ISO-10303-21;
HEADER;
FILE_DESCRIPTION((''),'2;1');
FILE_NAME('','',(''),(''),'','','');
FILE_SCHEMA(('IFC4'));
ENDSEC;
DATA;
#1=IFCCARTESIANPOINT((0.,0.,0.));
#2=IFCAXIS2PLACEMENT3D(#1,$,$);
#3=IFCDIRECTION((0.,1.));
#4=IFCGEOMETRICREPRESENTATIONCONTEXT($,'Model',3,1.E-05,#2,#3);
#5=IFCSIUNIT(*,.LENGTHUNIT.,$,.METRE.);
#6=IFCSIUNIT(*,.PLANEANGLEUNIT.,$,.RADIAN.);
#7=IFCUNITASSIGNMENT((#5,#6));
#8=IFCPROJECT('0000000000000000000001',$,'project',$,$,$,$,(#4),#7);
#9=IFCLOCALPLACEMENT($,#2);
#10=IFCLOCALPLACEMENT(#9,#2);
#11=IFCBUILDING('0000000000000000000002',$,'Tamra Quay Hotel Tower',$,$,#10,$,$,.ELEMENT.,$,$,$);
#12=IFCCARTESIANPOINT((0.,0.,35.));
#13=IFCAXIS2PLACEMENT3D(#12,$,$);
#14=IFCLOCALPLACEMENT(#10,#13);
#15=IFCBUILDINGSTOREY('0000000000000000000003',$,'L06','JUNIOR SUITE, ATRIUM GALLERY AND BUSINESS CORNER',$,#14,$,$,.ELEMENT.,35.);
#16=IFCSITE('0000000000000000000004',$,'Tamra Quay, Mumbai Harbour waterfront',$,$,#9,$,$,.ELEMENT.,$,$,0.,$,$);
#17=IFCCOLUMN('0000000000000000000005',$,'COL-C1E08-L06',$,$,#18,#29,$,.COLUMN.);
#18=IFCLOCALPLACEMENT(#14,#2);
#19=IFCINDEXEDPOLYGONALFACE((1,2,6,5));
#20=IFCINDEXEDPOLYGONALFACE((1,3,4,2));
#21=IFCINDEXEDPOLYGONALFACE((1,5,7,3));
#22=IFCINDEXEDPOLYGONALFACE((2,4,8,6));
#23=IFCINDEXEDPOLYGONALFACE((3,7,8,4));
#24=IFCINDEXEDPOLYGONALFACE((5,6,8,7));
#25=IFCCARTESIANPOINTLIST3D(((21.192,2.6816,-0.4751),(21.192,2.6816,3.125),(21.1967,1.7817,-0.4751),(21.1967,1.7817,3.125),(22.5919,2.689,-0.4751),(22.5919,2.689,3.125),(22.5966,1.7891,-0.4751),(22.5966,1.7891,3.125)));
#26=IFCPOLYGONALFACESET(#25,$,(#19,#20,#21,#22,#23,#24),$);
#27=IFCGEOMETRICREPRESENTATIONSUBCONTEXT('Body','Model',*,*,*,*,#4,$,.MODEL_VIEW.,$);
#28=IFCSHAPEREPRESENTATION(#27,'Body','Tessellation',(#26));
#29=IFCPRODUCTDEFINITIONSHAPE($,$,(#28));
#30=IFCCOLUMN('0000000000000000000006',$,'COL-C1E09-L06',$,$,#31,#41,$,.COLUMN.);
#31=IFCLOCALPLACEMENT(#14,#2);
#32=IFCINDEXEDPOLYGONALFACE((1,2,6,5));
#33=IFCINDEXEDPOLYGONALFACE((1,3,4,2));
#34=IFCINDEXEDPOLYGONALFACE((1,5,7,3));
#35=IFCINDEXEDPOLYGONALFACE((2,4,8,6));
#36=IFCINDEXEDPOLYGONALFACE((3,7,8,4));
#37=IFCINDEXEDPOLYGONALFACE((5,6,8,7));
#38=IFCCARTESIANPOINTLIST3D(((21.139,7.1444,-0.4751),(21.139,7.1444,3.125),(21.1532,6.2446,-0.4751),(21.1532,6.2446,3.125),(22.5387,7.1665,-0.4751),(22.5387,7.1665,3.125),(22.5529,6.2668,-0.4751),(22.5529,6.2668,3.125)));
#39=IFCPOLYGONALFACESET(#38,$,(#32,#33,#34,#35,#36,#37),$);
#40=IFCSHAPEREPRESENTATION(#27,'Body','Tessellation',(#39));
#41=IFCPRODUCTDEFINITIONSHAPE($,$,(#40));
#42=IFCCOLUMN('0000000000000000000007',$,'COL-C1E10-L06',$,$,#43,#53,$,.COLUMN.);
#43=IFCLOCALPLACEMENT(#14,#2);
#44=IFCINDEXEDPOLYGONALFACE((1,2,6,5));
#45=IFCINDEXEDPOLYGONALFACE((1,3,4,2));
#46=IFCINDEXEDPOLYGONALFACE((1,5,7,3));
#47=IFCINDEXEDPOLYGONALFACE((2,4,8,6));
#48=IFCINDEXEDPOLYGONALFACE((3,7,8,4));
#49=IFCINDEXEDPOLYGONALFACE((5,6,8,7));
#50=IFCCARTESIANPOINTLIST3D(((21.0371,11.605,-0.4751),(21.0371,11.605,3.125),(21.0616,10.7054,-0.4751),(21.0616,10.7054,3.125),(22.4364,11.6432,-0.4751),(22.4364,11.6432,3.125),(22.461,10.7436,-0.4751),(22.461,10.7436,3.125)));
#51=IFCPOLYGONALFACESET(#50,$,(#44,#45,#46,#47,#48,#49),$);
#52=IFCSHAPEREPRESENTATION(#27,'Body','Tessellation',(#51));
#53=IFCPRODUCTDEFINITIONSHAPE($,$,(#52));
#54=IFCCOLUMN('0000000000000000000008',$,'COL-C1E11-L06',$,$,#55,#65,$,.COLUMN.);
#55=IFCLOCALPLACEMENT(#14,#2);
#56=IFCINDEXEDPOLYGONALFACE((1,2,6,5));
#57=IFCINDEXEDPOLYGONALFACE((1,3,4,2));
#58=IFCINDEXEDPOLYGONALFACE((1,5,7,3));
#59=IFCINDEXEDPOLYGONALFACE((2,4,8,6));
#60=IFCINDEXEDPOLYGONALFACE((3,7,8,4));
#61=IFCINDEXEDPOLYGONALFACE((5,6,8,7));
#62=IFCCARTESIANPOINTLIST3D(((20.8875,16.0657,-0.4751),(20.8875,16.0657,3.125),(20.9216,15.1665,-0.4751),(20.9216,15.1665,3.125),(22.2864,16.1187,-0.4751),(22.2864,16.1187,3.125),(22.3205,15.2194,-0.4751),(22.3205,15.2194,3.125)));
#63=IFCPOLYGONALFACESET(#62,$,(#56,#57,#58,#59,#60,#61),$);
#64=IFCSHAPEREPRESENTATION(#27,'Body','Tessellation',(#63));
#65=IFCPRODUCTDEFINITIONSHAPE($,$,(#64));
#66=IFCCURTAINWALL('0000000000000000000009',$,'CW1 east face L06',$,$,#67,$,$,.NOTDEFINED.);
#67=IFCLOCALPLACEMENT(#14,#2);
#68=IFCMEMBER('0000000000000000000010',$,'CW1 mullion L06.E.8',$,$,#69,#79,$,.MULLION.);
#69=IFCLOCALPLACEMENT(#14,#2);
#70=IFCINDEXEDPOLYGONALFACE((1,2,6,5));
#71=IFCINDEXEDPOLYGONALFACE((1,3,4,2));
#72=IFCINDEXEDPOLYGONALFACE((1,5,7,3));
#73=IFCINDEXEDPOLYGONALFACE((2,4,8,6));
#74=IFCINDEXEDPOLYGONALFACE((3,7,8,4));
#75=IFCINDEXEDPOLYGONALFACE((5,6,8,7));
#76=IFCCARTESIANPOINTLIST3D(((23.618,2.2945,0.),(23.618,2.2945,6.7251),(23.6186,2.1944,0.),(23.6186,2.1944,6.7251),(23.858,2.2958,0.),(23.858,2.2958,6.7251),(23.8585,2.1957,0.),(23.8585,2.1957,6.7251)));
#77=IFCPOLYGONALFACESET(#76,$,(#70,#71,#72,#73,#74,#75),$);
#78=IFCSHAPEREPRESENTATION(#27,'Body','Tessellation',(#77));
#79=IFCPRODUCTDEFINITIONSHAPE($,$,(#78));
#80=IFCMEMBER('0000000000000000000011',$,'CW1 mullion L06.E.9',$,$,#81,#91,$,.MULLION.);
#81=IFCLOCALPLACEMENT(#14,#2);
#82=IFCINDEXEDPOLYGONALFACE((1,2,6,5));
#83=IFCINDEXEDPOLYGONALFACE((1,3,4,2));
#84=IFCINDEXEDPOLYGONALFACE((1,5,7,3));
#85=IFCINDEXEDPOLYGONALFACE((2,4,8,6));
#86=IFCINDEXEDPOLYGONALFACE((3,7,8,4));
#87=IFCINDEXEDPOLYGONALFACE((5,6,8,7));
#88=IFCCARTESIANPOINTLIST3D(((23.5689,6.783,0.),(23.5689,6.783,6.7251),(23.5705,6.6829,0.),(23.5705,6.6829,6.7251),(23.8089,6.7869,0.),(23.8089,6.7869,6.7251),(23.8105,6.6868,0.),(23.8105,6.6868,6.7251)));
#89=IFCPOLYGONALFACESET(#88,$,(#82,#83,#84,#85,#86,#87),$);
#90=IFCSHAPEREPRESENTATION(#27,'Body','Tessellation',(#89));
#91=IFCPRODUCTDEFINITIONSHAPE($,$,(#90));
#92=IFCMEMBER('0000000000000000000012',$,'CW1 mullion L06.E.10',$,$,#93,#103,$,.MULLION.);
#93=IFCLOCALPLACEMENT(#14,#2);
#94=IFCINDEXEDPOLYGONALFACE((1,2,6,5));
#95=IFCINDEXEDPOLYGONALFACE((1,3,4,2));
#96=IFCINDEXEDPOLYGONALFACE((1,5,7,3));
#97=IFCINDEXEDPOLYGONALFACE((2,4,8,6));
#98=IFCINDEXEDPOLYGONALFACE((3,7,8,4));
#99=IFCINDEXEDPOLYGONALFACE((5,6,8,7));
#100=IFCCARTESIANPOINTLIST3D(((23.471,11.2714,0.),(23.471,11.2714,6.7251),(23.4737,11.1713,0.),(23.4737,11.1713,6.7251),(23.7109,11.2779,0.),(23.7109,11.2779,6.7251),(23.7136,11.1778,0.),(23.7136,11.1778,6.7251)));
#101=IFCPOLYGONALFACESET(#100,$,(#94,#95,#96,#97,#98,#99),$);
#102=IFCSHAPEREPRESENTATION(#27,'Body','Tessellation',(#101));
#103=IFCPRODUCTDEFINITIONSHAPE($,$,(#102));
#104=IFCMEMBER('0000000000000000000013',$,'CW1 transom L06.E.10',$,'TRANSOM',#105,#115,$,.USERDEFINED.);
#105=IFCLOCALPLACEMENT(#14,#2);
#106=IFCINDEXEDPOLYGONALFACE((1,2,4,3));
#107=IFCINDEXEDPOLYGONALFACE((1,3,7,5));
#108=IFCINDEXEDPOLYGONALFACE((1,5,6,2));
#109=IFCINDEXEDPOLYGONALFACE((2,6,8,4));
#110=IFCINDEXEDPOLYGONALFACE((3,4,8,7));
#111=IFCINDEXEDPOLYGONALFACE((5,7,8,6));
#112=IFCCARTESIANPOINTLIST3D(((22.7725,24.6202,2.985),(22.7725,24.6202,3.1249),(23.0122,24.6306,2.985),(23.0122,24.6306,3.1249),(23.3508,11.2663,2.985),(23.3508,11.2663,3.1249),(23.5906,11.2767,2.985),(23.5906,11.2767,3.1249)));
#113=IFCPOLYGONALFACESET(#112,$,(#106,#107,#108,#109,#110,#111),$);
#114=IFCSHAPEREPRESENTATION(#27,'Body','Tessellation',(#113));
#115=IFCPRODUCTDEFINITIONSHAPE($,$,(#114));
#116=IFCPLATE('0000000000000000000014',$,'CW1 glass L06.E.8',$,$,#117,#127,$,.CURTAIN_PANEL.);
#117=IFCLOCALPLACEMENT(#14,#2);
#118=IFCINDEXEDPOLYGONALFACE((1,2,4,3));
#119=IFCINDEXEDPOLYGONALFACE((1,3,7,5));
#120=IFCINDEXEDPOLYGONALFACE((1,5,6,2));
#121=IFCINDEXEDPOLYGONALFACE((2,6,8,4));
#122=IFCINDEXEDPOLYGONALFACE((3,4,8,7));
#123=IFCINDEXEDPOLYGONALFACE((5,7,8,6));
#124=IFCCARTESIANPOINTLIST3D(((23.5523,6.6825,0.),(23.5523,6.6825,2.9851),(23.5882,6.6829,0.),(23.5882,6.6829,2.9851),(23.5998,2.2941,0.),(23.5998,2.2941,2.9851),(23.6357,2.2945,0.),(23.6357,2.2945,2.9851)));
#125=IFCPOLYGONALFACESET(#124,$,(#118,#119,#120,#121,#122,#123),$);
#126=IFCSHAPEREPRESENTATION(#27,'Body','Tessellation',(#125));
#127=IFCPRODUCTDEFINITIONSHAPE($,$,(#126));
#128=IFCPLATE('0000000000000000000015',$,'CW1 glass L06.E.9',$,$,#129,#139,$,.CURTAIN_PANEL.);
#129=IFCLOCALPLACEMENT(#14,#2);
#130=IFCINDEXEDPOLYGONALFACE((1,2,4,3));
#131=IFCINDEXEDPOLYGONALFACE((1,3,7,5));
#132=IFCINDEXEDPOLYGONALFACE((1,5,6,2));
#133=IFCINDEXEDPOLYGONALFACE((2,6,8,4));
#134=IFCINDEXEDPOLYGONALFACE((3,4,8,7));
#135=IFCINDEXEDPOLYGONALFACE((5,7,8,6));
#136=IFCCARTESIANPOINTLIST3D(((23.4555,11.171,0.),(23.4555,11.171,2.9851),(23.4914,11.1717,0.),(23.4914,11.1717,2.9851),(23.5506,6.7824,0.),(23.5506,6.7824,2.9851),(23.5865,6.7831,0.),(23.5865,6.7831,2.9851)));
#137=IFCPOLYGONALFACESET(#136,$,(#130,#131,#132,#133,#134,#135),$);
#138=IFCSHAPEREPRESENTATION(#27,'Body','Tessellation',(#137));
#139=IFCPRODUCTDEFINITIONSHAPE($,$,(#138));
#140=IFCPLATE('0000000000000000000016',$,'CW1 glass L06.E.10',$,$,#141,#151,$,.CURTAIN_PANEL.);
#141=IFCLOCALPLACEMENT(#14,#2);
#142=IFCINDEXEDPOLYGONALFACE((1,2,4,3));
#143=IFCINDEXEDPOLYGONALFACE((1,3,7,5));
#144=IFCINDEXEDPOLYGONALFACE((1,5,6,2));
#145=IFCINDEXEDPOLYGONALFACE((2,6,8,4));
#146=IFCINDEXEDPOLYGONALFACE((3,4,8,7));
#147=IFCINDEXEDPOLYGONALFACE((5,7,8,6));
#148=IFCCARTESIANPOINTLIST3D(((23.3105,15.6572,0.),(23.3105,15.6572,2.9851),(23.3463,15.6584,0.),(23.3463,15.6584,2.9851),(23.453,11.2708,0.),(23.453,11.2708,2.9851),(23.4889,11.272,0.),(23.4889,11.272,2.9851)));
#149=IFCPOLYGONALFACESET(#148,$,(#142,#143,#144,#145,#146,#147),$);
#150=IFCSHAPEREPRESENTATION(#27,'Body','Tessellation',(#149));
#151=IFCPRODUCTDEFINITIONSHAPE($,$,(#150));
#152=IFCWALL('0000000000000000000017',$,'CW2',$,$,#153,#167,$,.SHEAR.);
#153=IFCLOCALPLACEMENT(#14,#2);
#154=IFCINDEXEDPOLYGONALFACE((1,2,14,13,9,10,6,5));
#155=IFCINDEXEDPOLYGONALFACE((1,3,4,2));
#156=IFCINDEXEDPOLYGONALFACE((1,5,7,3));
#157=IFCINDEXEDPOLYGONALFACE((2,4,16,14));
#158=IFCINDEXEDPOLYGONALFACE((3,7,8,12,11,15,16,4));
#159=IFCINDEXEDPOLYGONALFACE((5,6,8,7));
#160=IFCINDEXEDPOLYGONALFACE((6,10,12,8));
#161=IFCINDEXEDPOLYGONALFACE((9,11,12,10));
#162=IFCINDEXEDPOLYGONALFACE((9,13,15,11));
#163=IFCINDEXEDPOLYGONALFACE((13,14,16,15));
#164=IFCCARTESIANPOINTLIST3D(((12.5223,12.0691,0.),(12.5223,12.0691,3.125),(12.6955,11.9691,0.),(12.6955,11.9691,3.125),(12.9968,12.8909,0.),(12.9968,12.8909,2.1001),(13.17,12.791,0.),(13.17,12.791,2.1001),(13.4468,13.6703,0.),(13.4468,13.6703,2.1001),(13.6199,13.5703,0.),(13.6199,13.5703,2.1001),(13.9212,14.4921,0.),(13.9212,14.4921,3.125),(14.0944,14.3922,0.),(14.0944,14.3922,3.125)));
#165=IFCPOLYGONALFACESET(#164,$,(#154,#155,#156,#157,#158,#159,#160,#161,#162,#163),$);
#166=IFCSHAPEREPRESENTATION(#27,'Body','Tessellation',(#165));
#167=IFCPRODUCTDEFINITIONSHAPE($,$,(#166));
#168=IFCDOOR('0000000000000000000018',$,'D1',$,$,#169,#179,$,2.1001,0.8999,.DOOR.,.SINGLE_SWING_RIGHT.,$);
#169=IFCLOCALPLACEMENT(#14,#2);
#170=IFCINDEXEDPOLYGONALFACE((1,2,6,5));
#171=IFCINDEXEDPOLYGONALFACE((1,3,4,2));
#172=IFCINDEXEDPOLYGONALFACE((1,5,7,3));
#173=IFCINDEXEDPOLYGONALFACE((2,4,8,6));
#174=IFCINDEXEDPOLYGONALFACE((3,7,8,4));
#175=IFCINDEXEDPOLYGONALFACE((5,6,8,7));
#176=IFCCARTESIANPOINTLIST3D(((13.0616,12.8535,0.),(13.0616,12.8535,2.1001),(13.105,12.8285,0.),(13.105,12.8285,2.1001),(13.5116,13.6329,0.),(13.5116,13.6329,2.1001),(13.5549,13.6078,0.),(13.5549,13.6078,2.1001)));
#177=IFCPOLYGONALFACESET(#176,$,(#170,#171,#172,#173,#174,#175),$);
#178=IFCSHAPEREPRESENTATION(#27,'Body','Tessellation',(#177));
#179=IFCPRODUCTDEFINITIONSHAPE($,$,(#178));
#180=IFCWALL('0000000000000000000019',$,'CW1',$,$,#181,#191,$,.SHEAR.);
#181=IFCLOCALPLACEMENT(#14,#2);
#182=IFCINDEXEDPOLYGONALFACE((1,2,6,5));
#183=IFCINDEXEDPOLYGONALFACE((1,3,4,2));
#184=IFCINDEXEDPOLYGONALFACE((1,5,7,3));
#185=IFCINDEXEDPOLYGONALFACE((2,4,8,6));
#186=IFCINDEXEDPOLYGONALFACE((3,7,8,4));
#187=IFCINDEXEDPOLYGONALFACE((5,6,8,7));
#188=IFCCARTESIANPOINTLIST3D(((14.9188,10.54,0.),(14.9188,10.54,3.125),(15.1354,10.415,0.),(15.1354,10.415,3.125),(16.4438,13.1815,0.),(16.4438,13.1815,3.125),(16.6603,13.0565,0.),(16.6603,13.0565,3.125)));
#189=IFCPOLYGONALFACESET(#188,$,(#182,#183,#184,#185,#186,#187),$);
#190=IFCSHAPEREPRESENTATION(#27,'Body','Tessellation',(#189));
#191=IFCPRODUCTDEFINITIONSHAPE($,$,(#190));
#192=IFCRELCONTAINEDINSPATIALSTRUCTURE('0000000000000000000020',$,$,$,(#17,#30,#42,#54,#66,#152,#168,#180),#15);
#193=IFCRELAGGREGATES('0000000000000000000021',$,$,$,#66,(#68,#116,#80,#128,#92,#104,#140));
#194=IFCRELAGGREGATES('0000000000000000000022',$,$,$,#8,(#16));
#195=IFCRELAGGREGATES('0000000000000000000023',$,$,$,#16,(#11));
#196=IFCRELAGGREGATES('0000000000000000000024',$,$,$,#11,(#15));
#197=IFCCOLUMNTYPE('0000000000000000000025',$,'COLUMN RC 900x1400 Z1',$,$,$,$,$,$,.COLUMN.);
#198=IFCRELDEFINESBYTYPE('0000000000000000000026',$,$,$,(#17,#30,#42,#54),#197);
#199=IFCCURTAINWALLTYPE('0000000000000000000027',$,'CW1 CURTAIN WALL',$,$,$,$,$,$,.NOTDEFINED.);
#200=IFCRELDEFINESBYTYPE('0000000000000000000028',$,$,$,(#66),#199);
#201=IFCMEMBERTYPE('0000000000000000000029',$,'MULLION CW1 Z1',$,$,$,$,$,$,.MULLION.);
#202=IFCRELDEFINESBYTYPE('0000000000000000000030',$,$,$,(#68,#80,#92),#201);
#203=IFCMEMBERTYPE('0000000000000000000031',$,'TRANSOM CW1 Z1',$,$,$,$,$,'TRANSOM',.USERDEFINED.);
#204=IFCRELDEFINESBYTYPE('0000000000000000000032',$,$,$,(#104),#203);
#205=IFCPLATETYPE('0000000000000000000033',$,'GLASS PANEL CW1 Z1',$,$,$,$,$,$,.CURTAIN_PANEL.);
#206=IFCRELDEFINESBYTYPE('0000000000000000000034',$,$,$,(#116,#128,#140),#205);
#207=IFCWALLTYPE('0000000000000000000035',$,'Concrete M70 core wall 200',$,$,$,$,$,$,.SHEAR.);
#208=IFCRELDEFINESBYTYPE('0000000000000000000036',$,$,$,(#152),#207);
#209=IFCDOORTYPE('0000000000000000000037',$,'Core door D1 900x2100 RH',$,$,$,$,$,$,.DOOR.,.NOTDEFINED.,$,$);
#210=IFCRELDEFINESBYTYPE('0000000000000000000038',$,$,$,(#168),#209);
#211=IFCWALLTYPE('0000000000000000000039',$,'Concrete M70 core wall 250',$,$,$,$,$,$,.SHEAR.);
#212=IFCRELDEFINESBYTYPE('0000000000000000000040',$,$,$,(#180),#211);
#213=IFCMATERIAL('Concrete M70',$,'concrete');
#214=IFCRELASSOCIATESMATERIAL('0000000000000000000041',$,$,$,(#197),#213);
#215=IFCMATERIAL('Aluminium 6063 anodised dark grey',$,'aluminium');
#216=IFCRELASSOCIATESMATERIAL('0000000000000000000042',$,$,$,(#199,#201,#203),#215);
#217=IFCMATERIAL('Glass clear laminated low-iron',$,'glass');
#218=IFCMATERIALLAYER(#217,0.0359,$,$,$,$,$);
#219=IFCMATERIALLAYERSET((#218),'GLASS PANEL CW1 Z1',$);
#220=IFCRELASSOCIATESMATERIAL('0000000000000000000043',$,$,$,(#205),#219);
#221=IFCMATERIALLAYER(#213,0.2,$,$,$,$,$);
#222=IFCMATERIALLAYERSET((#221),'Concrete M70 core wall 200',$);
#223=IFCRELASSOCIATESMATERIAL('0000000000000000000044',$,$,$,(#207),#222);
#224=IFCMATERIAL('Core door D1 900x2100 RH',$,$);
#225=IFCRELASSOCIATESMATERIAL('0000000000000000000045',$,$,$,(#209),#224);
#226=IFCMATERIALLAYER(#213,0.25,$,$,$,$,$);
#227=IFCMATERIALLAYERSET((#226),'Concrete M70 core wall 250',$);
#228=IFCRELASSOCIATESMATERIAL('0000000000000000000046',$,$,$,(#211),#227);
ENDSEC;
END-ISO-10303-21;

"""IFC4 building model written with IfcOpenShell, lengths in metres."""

from ifc_helpers import new_model, si_unit, direction, frame, frame_2d, origin, origin_2d, place, context, subcontext, project, spatial, rectangle, extrude, material, layer, layer_set, material_profile, profile_set, type_object, element, fill, aggregate, save


model = new_model("IFC4")

# Units and contexts
model_context = context("Model", 3, precision=1e-05, world=origin(), true_north=direction((0.0, 1.0)))
body_context = subcontext(model_context, "Body", "Model", "MODEL_VIEW")
ifc_project = project(units=[si_unit("LENGTHUNIT", "METRE"), si_unit("PLANEANGLEUNIT", "RADIAN")], contexts=[model_context])

# Site, building, storey
site_placement = place(None, origin())
site = spatial("IfcSite", under=ifc_project, at=site_placement, Name="Tamra Quay, Mumbai Harbour waterfront", CompositionType="ELEMENT", RefElevation=0.0)
building_placement = place(site_placement, origin())
building = spatial("IfcBuilding", under=site, at=building_placement, Name="Tamra Quay Hotel Tower", CompositionType="ELEMENT")
storey_placement = place(building_placement, frame((0.0, 0.0, 35.0)))
storey = spatial("IfcBuildingStorey", under=building, at=storey_placement, Name="L06", Description="JUNIOR SUITE, ATRIUM GALLERY AND BUSINESS CORNER", CompositionType="ELEMENT", Elevation=35.0)

# Columns
ifc_material_1 = material(Name="Concrete M70", Category="concrete")
ifc_material_profile_1 = material_profile(ifc_material_1, rectangle(XDim=1.3999, YDim=0.8999, at=origin_2d()), Name="COLUMN RC 900x1400 Z1")
ifc_profile_set_1 = profile_set([ifc_material_profile_1], Name="Concrete M70")
column_type = type_object("IfcColumnType", Name="COLUMN RC 900x1400 Z1", PredefinedType="COLUMN", material=ifc_profile_set_1)
for number, where, z_axis, x_axis, name in (
    (1, (21.8943, 2.2354, -0.4751), (0.0, 0.0, 1.0), (0.999986, 0.00528, 0.0), "COL-C1E08-L06"),
    (2, (21.8459, 6.7056, -0.4751), (0.0, 0.0, 1.0), (0.999875, 0.015838, 0.0), "COL-C1E09-L06"),
    (3, (21.749, 11.1743, -0.4751), (0.0, 0.0, 1.0), (0.999628, 0.027269, 0.0), "COL-C1E10-L06"),
    (4, (21.604, 15.6426, -0.4751), (0.0, 0.0, 1.0), (0.999285, 0.037812, 0.0), "COL-C1E11-L06"),
):
    element("IfcColumn", number, at=place(storey_placement, frame(where, z_axis=z_axis, x_axis=x_axis)), inside=storey, type_object=column_type, Name=name, PredefinedType="COLUMN", context=body_context, shape_type="SweptSolid", body=[
        extrude(rectangle(XDim=1.3999, YDim=0.8999, at=origin_2d()), origin(), (0.0, 0.0, 1.0), 3.6001),
    ])

# Curtain wall, members, plates
ifc_material_2 = material(Name="Aluminium 6063 anodised dark grey", Category="aluminium")
curtain_wall_type = type_object("IfcCurtainWallType", Name="CW1 CURTAIN WALL", PredefinedType="NOTDEFINED", material=ifc_material_2)
curtain_wall_placement = place(storey_placement, origin())
curtain_wall = element("IfcCurtainWall", 5, at=curtain_wall_placement, inside=storey, type_object=curtain_wall_type, Name="CW1 east face L06", PredefinedType="NOTDEFINED")
ifc_material_profile_2 = material_profile(ifc_material_2, rectangle(XDim=0.24, YDim=0.1001, at=origin_2d()), Name="MULLION 100X240")
ifc_profile_set_2 = profile_set([ifc_material_profile_2], Name="Aluminium 6063 anodised dark grey")
member_type_1 = type_object("IfcMemberType", Name="MULLION CW1 Z1", PredefinedType="MULLION", material=ifc_profile_set_2)
member_1_placement = place(storey_placement, frame((23.7383, 2.2451, 0.0), z_axis=(0.0, 0.0, 1.0), x_axis=(0.999985, 0.005418, 0.0)))
member_1 = element("IfcMember", 6, at=member_1_placement, type_object=member_type_1, Name="CW1 mullion L06.E.8", PredefinedType="MULLION", context=body_context, shape_type="SweptSolid", body=[
    extrude(rectangle(XDim=0.24, YDim=0.1001, at=origin_2d()), origin(), (0.0, 0.0, 1.0), 6.7251),
])
member_2_placement = place(storey_placement, frame((23.6897, 6.7349, 0.0), z_axis=(0.0, 0.0, 1.0), x_axis=(0.999868, 0.016247, 0.0)))
member_2 = element("IfcMember", 7, at=member_2_placement, type_object=member_type_1, Name="CW1 mullion L06.E.9", PredefinedType="MULLION", context=body_context, shape_type="SweptSolid", body=[
    extrude(rectangle(XDim=0.24, YDim=0.1001, at=origin_2d()), origin(), (0.0, 0.0, 1.0), 6.7251),
])
member_3_placement = place(storey_placement, frame((23.5923, 11.2246, 0.0), z_axis=(0.0, 0.0, 1.0), x_axis=(0.999634, 0.027067, 0.0)))
member_3 = element("IfcMember", 8, at=member_3_placement, type_object=member_type_1, Name="CW1 mullion L06.E.10", PredefinedType="MULLION", context=body_context, shape_type="SweptSolid", body=[
    extrude(rectangle(XDim=0.24, YDim=0.1001, at=origin_2d()), origin(), (0.0, 0.0, 1.0), 6.7251),
])
ifc_material_profile_3 = material_profile(ifc_material_2, rectangle(XDim=0.24, YDim=0.1399, at=origin_2d()), Name="TRANSOM 240X140")
ifc_profile_set_3 = profile_set([ifc_material_profile_3], Name="Aluminium 6063 anodised dark grey")
member_type_2 = type_object("IfcMemberType", Name="TRANSOM CW1 Z1", ElementType="TRANSOM", PredefinedType="USERDEFINED", material=ifc_profile_set_3)
member_4_placement = place(storey_placement, frame((23.4707, 11.2715, 3.0549), z_axis=(-0.04327, 0.999063, 0.0), x_axis=(-0.999063, -0.04327, 0.0)))
member_4 = element("IfcMember", 9, at=member_4_placement, type_object=member_type_2, Name="CW1 transom L06.E.10", ObjectType="TRANSOM", PredefinedType="USERDEFINED", context=body_context, shape_type="SweptSolid", body=[
    extrude(rectangle(XDim=0.24, YDim=0.1399, at=origin_2d()), origin(), (0.0, 0.0, 1.0), 13.3665),
])
ifc_material_3 = material(Name="Glass clear laminated low-iron", Category="glass")
ifc_layer_1 = layer(ifc_material_3, 0.0359)
ifc_layer_set_1 = layer_set([ifc_layer_1], Name="GLASS PANEL CW1 Z1")
plate_type = type_object("IfcPlateType", Name="GLASS PANEL CW1 Z1", PredefinedType="CURTAIN_PANEL", material=ifc_layer_set_1)
plate_1_placement = place(storey_placement, frame((23.594, 4.4885, 0.0), z_axis=(0.0, 0.0, 1.0), x_axis=(-0.010836, 0.999941, 0.0)))
plate_1 = element("IfcPlate", 10, at=plate_1_placement, type_object=plate_type, Name="CW1 glass L06.E.8", PredefinedType="CURTAIN_PANEL", context=body_context, shape_type="SweptSolid", body=[
    extrude(rectangle(XDim=4.3887, YDim=0.0359, at=origin_2d()), origin(), (0.0, 0.0, 1.0), 2.9851),
])
plate_2_placement = place(storey_placement, frame((23.521, 8.9771, 0.0), z_axis=(0.0, 0.0, 1.0), x_axis=(-0.021658, 0.999765, 0.0)))
plate_2 = element("IfcPlate", 11, at=plate_2_placement, type_object=plate_type, Name="CW1 glass L06.E.9", PredefinedType="CURTAIN_PANEL", context=body_context, shape_type="SweptSolid", body=[
    extrude(rectangle(XDim=4.3896, YDim=0.0359, at=origin_2d()), origin(), (0.0, 0.0, 1.0), 2.9851),
])
plate_3_placement = place(storey_placement, frame((23.3997, 13.4646, 0.0), z_axis=(0.0, 0.0, 1.0), x_axis=(-0.032475, 0.999473, 0.0)))
plate_3 = element("IfcPlate", 12, at=plate_3_placement, type_object=plate_type, Name="CW1 glass L06.E.10", PredefinedType="CURTAIN_PANEL", context=body_context, shape_type="SweptSolid", body=[
    extrude(rectangle(XDim=4.3887, YDim=0.0359, at=origin_2d()), origin(), (0.0, 0.0, 1.0), 2.9851),
])
aggregate(curtain_wall, [member_1, plate_1, member_2, plate_2, member_3, member_4, plate_3])

# Wall, opening, door
ifc_layer_2 = layer(ifc_material_1, 0.2)
ifc_layer_set_2 = layer_set([ifc_layer_2], Name="Concrete M70 core wall 200")
wall_type_1 = type_object("IfcWallType", Name="Concrete M70 core wall 200", PredefinedType="SHEAR", material=ifc_layer_set_2)
wall_1_placement = place(storey_placement, frame((14.0078, 14.4421, 0.0), z_axis=(0.0, 0.0, 1.0), x_axis=(-0.499987, -0.866033, 0.0)))
wall_1 = element("IfcWall", 13, at=wall_1_placement, inside=storey, type_object=wall_type_1, Name="CW2", PredefinedType="SHEAR", context=body_context, shape_type="SweptSolid", body=[
    extrude(rectangle(XDim=2.7979, YDim=0.2, at=frame_2d((1.3989, 0.0))), origin(), (0.0, 0.0, 1.0), 3.125),
])
opening_1_placement = place(wall_1_placement, frame((0.949, 0.0, 0.0)))
opening_1 = element("IfcOpeningElement", 14, at=opening_1_placement, cuts=wall_1, PredefinedType="OPENING", context=body_context, shape_type="SweptSolid", body=[
    extrude(rectangle(XDim=0.8999, YDim=2.1001, at=frame_2d((0.45, 1.05))), frame((0.0, 0.1099, 0.0), z_axis=(0.0, -1.0, 0.0), x_axis=(1.0, 0.0, 0.0)), (0.0, 0.0, 1.0), 0.22),
])
ifc_material_4 = material(Name="Core door D1 900x2100 RH")
door_type_1 = type_object("IfcDoorType", Name="Core door D1 900x2100 RH", OperationType="NOTDEFINED", PredefinedType="DOOR", material=ifc_material_4)
door_1_placement = place(opening_1_placement, origin())
door_1 = element("IfcDoor", 15, at=door_1_placement, inside=storey, type_object=door_type_1, Name="D1", OperationType="SINGLE_SWING_RIGHT", OverallHeight=2.1001, OverallWidth=0.8999, PredefinedType="DOOR", context=body_context, shape_type="SweptSolid", body=[
    extrude(rectangle(XDim=0.8999, YDim=2.1001, at=frame_2d((0.45, 1.05))), frame((0.0, 0.0249, 0.0), z_axis=(0.0, -1.0, 0.0), x_axis=(1.0, 0.0, 0.0)), (0.0, 0.0, 1.0), 0.05),
])
fill(opening_1, door_1)

# Wall
ifc_layer_3 = layer(ifc_material_1, 0.25)
ifc_layer_set_3 = layer_set([ifc_layer_3], Name="Concrete M70 core wall 250")
wall_type_2 = type_object("IfcWallType", Name="Concrete M70 core wall 250", PredefinedType="SHEAR", material=ifc_layer_set_3)
wall_2_placement = place(storey_placement, frame((16.552, 13.1189, 0.0), z_axis=(0.0, 0.0, 1.0), x_axis=(-0.499979, -0.866038, 0.0)))
element("IfcWall", 16, at=wall_2_placement, inside=storey, type_object=wall_type_2, Name="CW1", PredefinedType="SHEAR", context=body_context, shape_type="SweptSolid", body=[
    extrude(rectangle(XDim=3.05, YDim=0.25, at=frame_2d((1.5249, 0.0))), origin(), (0.0, 0.0, 1.0), 3.125),
])

save(model, "model.ifc")
